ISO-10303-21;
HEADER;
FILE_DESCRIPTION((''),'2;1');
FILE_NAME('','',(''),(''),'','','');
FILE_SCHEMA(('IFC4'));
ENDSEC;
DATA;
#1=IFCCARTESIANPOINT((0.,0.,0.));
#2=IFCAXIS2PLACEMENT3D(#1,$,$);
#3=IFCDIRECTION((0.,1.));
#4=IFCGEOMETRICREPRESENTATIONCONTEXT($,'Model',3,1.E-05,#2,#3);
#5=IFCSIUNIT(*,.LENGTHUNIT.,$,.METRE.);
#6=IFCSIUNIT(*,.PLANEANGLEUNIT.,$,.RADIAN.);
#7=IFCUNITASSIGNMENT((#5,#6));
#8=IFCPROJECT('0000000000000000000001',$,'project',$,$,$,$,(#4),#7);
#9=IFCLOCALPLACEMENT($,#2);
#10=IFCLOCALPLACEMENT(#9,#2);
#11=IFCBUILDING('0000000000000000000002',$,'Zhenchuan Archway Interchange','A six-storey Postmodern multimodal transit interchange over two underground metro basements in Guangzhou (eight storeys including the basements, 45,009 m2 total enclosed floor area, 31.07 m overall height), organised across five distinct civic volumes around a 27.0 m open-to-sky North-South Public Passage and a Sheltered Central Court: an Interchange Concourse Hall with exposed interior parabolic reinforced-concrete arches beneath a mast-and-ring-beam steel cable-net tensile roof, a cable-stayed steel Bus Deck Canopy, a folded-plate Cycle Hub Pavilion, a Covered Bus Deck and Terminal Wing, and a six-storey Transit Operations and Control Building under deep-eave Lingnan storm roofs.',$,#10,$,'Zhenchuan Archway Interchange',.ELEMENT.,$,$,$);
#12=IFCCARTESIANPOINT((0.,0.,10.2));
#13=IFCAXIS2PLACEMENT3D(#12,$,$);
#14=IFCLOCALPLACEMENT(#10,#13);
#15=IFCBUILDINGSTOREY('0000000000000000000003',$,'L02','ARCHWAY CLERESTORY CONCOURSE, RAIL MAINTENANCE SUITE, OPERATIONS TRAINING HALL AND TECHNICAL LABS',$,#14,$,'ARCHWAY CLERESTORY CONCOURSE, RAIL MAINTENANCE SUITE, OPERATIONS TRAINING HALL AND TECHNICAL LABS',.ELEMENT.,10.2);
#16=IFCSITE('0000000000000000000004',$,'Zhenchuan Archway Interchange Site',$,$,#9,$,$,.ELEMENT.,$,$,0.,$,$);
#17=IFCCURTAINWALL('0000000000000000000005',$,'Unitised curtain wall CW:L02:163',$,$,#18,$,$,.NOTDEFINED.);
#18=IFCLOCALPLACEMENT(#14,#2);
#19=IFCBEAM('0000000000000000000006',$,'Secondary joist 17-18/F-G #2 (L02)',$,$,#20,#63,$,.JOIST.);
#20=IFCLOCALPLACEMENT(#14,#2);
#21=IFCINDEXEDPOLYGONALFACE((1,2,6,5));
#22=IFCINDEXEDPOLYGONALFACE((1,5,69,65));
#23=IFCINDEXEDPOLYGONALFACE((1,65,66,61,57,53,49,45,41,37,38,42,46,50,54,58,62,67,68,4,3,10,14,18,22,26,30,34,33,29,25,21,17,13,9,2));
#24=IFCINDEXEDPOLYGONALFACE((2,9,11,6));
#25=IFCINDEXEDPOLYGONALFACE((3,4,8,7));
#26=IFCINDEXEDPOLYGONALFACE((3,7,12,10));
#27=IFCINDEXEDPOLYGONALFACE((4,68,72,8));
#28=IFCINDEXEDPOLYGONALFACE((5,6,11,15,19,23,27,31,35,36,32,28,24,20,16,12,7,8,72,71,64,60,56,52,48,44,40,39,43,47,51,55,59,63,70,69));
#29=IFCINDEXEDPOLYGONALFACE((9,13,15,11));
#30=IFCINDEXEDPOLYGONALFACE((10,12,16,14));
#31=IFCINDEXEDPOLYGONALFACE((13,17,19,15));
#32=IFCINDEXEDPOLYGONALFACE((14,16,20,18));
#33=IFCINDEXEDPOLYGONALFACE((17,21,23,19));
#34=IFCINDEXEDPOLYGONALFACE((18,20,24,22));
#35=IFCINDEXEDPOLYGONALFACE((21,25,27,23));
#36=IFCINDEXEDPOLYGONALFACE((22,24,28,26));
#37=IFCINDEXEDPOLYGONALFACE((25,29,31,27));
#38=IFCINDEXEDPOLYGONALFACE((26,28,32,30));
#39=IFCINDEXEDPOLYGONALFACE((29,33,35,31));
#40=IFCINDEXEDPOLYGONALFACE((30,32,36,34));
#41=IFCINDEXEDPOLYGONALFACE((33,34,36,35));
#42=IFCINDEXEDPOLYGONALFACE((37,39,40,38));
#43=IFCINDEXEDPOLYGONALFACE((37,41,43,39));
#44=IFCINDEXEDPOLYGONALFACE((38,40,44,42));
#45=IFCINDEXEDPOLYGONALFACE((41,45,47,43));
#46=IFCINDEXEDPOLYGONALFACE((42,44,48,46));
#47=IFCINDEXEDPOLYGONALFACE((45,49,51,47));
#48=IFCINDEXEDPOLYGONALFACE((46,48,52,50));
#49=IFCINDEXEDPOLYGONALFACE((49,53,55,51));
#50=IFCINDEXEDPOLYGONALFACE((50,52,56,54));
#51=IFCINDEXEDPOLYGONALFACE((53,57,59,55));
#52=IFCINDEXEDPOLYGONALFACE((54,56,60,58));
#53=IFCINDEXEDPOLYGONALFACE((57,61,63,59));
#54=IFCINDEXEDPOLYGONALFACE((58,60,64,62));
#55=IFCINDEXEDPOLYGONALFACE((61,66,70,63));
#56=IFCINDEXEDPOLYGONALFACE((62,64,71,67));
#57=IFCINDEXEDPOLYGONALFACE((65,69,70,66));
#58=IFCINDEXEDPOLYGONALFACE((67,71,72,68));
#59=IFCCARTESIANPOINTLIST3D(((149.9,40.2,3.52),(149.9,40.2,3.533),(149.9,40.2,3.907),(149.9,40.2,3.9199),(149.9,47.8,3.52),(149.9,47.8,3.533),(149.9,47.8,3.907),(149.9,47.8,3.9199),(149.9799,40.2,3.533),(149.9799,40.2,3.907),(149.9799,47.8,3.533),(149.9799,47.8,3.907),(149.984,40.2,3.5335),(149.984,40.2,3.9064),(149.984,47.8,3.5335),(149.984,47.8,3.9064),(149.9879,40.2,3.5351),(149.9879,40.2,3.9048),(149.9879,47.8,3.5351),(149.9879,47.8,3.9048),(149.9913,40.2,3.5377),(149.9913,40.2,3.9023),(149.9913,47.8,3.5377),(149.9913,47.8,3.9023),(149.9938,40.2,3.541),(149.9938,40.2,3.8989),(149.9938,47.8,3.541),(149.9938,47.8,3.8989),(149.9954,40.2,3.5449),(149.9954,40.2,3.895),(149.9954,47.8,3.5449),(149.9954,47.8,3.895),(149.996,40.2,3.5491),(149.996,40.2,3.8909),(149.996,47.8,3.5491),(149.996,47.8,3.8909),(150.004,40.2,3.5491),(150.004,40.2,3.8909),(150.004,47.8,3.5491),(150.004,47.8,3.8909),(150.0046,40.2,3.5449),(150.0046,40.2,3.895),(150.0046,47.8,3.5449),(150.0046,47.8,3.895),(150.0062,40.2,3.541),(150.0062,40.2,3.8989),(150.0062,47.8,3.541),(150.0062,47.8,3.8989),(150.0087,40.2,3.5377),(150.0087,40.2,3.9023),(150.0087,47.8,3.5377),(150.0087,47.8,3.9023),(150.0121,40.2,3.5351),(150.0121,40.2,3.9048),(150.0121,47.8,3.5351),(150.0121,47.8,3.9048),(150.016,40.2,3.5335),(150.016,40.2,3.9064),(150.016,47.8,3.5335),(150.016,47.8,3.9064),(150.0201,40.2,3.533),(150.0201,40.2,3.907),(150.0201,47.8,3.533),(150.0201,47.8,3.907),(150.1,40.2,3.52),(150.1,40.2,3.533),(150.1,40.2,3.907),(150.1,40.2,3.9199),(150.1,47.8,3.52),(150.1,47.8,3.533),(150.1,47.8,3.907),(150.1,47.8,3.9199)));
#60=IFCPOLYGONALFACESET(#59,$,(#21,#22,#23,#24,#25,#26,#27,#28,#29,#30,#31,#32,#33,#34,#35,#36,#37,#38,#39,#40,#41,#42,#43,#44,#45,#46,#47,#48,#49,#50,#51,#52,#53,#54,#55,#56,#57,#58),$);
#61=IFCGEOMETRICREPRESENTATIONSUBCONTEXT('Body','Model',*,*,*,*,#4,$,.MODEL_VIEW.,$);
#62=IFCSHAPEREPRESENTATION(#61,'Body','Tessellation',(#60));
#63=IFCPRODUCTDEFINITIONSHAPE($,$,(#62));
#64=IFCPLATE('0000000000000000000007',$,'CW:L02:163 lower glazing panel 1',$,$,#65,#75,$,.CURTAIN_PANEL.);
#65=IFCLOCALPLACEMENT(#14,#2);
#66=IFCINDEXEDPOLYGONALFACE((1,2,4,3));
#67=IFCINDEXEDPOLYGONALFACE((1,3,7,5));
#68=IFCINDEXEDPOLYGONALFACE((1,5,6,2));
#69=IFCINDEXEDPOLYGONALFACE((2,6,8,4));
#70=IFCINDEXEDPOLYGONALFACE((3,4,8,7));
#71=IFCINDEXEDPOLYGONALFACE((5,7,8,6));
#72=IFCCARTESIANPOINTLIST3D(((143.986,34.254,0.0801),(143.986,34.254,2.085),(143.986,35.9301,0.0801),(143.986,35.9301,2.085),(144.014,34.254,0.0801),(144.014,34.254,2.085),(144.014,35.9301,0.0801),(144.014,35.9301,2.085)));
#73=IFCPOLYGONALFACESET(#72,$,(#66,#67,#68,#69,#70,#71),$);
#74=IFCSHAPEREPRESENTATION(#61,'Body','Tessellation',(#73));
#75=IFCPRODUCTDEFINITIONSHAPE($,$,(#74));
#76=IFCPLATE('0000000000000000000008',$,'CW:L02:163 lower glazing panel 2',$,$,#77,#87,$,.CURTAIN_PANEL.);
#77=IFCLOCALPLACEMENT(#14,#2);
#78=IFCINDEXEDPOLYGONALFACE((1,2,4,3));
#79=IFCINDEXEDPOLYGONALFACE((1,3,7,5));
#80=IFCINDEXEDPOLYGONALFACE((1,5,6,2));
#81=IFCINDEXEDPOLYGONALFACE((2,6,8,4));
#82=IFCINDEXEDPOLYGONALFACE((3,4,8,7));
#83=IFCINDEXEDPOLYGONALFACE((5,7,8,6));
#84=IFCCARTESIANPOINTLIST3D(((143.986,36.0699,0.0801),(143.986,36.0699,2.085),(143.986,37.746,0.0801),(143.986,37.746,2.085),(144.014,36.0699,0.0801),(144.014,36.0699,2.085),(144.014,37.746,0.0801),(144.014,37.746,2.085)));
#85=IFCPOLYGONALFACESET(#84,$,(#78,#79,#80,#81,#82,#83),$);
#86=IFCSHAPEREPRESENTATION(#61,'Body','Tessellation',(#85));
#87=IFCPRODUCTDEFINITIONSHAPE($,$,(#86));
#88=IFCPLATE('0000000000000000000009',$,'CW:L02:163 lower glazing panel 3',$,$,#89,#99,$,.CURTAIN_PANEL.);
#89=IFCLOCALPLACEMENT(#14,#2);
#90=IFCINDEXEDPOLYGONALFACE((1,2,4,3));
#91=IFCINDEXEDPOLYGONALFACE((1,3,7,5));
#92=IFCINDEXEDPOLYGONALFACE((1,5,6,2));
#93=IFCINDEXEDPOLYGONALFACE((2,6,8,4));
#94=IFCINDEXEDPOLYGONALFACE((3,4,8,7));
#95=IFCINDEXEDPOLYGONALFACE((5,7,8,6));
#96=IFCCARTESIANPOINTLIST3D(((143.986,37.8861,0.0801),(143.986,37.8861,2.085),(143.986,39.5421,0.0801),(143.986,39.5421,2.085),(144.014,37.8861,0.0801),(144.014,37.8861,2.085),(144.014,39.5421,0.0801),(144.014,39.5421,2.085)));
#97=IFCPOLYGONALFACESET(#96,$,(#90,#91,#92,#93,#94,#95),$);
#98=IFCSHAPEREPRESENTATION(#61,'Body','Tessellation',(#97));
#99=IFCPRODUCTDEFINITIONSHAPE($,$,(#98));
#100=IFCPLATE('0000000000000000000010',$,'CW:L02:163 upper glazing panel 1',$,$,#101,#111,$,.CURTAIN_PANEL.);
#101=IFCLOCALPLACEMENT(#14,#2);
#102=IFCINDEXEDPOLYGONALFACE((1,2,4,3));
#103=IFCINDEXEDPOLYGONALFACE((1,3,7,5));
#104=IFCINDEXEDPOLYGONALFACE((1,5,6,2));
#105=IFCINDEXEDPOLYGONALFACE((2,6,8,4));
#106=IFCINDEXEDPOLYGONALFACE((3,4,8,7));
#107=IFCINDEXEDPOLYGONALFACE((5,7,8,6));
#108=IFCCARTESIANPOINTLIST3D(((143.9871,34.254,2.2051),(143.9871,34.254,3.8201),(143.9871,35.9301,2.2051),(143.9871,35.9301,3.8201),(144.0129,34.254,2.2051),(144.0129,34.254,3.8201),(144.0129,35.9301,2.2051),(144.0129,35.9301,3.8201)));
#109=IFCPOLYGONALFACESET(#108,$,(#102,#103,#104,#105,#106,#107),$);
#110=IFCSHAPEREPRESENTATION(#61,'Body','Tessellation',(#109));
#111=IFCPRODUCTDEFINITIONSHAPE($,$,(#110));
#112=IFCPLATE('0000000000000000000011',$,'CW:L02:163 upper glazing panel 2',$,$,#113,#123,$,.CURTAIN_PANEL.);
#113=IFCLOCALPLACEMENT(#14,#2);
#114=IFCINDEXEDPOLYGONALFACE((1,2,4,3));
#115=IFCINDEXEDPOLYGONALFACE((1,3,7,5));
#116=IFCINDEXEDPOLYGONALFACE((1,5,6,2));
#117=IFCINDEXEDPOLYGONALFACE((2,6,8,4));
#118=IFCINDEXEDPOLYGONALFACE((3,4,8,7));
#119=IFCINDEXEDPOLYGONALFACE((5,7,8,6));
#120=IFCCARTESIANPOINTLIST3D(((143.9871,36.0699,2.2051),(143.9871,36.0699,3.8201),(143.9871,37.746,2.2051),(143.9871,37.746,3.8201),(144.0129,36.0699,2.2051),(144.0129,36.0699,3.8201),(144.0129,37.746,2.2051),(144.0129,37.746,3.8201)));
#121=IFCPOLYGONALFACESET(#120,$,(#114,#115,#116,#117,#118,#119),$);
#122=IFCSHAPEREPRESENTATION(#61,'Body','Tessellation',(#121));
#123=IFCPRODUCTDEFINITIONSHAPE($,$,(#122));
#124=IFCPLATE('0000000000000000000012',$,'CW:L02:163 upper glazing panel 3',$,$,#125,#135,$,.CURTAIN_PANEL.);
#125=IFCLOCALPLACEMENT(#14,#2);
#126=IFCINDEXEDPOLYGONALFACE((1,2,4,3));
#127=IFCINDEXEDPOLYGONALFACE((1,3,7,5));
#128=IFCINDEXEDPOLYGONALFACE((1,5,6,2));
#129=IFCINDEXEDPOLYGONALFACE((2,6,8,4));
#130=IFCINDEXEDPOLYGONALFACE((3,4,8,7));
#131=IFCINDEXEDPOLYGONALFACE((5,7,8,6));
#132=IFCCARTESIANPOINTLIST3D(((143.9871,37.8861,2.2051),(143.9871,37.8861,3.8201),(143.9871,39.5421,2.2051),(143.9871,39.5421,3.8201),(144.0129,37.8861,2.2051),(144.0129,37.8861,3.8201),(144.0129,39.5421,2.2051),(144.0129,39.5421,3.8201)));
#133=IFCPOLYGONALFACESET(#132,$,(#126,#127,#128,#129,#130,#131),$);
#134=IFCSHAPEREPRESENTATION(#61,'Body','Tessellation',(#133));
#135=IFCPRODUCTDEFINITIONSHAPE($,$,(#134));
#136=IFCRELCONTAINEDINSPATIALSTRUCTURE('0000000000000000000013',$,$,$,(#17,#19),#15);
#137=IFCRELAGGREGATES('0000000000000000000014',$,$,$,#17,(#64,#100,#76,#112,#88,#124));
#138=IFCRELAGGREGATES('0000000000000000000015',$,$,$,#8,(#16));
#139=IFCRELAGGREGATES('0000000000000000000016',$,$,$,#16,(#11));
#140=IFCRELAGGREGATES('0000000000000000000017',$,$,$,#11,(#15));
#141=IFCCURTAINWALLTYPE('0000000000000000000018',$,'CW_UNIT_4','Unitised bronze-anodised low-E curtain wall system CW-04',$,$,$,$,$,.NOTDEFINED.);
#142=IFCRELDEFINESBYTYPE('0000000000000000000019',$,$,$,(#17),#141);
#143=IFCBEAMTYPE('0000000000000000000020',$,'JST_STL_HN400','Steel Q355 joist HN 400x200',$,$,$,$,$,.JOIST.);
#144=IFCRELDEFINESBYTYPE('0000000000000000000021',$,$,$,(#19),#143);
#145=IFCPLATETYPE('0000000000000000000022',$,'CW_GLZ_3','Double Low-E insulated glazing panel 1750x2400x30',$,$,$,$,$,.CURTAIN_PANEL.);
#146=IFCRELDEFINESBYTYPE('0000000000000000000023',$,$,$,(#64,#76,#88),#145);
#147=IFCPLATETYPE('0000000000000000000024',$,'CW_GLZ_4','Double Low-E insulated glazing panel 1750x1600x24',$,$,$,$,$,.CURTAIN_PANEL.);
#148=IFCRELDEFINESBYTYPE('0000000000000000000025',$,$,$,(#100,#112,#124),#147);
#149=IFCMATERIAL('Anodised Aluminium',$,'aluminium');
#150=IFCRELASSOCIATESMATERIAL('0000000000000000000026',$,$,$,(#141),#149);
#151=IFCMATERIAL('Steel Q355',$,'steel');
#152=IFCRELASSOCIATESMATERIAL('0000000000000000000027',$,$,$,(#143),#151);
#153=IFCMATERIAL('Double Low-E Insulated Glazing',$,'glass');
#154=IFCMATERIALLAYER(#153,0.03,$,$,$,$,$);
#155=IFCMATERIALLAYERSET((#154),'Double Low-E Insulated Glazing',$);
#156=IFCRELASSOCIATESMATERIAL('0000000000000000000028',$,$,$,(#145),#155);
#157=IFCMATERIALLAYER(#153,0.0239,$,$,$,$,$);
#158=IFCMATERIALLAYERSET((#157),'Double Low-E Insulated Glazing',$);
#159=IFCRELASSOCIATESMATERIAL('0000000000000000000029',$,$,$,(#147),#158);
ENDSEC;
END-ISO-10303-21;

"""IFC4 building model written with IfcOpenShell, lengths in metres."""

from ifc_helpers import new_model, si_unit, direction, frame, origin, origin_2d, place, context, subcontext, project, spatial, rectangle, i_section, extrude, material, layer, layer_set, material_profile, profile_set, type_object, element, aggregate, save


model = new_model("IFC4")

# Units and contexts
model_context = context("Model", 3, precision=1e-05, world=origin(), true_north=direction((0.0, 1.0)))
body_context = subcontext(model_context, "Body", "Model", "MODEL_VIEW")
ifc_project = project(units=[si_unit("LENGTHUNIT", "METRE"), si_unit("PLANEANGLEUNIT", "RADIAN")], contexts=[model_context])

# Site, building, storey
site_placement = place(None, origin())
site = spatial("IfcSite", under=ifc_project, at=site_placement, Name="Zhenchuan Archway Interchange Site", CompositionType="ELEMENT", RefElevation=0.0)
building_placement = place(site_placement, origin())
building = spatial("IfcBuilding", under=site, at=building_placement, Name="Zhenchuan Archway Interchange", Description="A six-storey Postmodern multimodal transit interchange over two underground metro basements in Guangzhou (eight storeys including the basements, 45,009 m2 total enclosed floor area, 31.07 m overall height), organised across five distinct civic volumes around a 27.0 m open-to-sky North-South Public Passage and a Sheltered Central Court: an Interchange Concourse Hall with exposed interior parabolic reinforced-concrete arches beneath a mast-and-ring-beam steel cable-net tensile roof, a cable-stayed steel Bus Deck Canopy, a folded-plate Cycle Hub Pavilion, a Covered Bus Deck and Terminal Wing, and a six-storey Transit Operations and Control Building under deep-eave Lingnan storm roofs.", LongName="Zhenchuan Archway Interchange", CompositionType="ELEMENT")
storey_placement = place(building_placement, frame((0.0, 0.0, 10.2)))
storey = spatial("IfcBuildingStorey", under=building, at=storey_placement, Name="L02", Description="ARCHWAY CLERESTORY CONCOURSE, RAIL MAINTENANCE SUITE, OPERATIONS TRAINING HALL AND TECHNICAL LABS", LongName="ARCHWAY CLERESTORY CONCOURSE, RAIL MAINTENANCE SUITE, OPERATIONS TRAINING HALL AND TECHNICAL LABS", CompositionType="ELEMENT", Elevation=10.2)

# Curtain wall
ifc_material_1 = material(Name="Anodised Aluminium", Category="aluminium")
curtain_wall_type = type_object("IfcCurtainWallType", Name="CW_UNIT_4", Description="Unitised bronze-anodised low-E curtain wall system CW-04", PredefinedType="NOTDEFINED", material=ifc_material_1)
curtain_wall_placement = place(storey_placement, origin())
curtain_wall = element("IfcCurtainWall", 1, at=curtain_wall_placement, inside=storey, type_object=curtain_wall_type, Name="Unitised curtain wall CW:L02:163", PredefinedType="NOTDEFINED")

# Beam
ifc_material_2 = material(Name="Steel Q355", Category="steel")
ifc_material_profile_1 = material_profile(ifc_material_2, i_section(OverallWidth=0.2, OverallDepth=0.3999, WebThickness=0.0081, FlangeThickness=0.0129, FilletRadius=0.0161, at=origin_2d()), Name="HN 400x200")
ifc_profile_set_1 = profile_set([ifc_material_profile_1], Name="Steel Q355")
beam_type_1 = type_object("IfcBeamType", Name="JST_STL_HN400", Description="Steel Q355 joist HN 400x200", PredefinedType="JOIST", material=ifc_profile_set_1)
for number, where, z_axis, x_axis, name in (
    (2, (150.0, 40.2, 3.72), (0.0, 1.0, 0.0), (-1.0, 0.0, 0.0), "Secondary joist 17-18/F-G #2 (L02)"),
):
    element("IfcBeam", number, at=place(storey_placement, frame(where, z_axis=z_axis, x_axis=x_axis)), inside=storey, type_object=beam_type_1, Name=name, PredefinedType="JOIST", context=body_context, shape_type="SweptSolid", body=[
        extrude(i_section(OverallWidth=0.2, OverallDepth=0.3999, WebThickness=0.0081, FlangeThickness=0.0129, FilletRadius=0.0161, at=origin_2d()), origin(), (0.0, 0.0, 1.0), 7.6001),
    ])

# Plates
ifc_material_3 = material(Name="Double Low-E Insulated Glazing", Category="glass")
ifc_layer_1 = layer(ifc_material_3, 0.03)
ifc_layer_set_1 = layer_set([ifc_layer_1], Name="Double Low-E Insulated Glazing")
plate_type_1 = type_object("IfcPlateType", Name="CW_GLZ_3", Description="Double Low-E insulated glazing panel 1750x2400x30", PredefinedType="CURTAIN_PANEL", material=ifc_layer_set_1)
plate_1_placement = place(storey_placement, frame((144.0, 35.092, 0.0801), z_axis=(0.0, 0.0, 1.0), x_axis=(0.0, 1.0, 0.0)))
plate_1 = element("IfcPlate", 3, at=plate_1_placement, type_object=plate_type_1, Name="CW:L02:163 lower glazing panel 1", PredefinedType="CURTAIN_PANEL", context=body_context, shape_type="SweptSolid", body=[
    extrude(rectangle(XDim=1.676, YDim=0.0281, at=origin_2d()), origin(), (0.0, 0.0, 1.0), 2.0049),
])
plate_2_placement = place(storey_placement, frame((144.0, 36.908, 0.0801), z_axis=(0.0, 0.0, 1.0), x_axis=(0.0, 1.0, 0.0)))
plate_2 = element("IfcPlate", 4, at=plate_2_placement, type_object=plate_type_1, Name="CW:L02:163 lower glazing panel 2", PredefinedType="CURTAIN_PANEL", context=body_context, shape_type="SweptSolid", body=[
    extrude(rectangle(XDim=1.676, YDim=0.0281, at=origin_2d()), origin(), (0.0, 0.0, 1.0), 2.0049),
])
plate_3_placement = place(storey_placement, frame((144.0, 38.7141, 0.0801), z_axis=(0.0, 0.0, 1.0), x_axis=(0.0, 1.0, 0.0)))
plate_3 = element("IfcPlate", 5, at=plate_3_placement, type_object=plate_type_1, Name="CW:L02:163 lower glazing panel 3", PredefinedType="CURTAIN_PANEL", context=body_context, shape_type="SweptSolid", body=[
    extrude(rectangle(XDim=1.656, YDim=0.0281, at=origin_2d()), origin(), (0.0, 0.0, 1.0), 2.0049),
])
ifc_layer_2 = layer(ifc_material_3, 0.0239)
ifc_layer_set_2 = layer_set([ifc_layer_2], Name="Double Low-E Insulated Glazing")
plate_type_2 = type_object("IfcPlateType", Name="CW_GLZ_4", Description="Double Low-E insulated glazing panel 1750x1600x24", PredefinedType="CURTAIN_PANEL", material=ifc_layer_set_2)
plate_4_placement = place(storey_placement, frame((144.0, 35.092, 2.2051), z_axis=(0.0, 0.0, 1.0), x_axis=(0.0, 1.0, 0.0)))
plate_4 = element("IfcPlate", 6, at=plate_4_placement, type_object=plate_type_2, Name="CW:L02:163 upper glazing panel 1", PredefinedType="CURTAIN_PANEL", context=body_context, shape_type="SweptSolid", body=[
    extrude(rectangle(XDim=1.676, YDim=0.0259, at=origin_2d()), origin(), (0.0, 0.0, 1.0), 1.615),
])
plate_5_placement = place(storey_placement, frame((144.0, 36.908, 2.2051), z_axis=(0.0, 0.0, 1.0), x_axis=(0.0, 1.0, 0.0)))
plate_5 = element("IfcPlate", 7, at=plate_5_placement, type_object=plate_type_2, Name="CW:L02:163 upper glazing panel 2", PredefinedType="CURTAIN_PANEL", context=body_context, shape_type="SweptSolid", body=[
    extrude(rectangle(XDim=1.676, YDim=0.0259, at=origin_2d()), origin(), (0.0, 0.0, 1.0), 1.615),
])
plate_6_placement = place(storey_placement, frame((144.0, 38.7141, 2.2051), z_axis=(0.0, 0.0, 1.0), x_axis=(0.0, 1.0, 0.0)))
plate_6 = element("IfcPlate", 8, at=plate_6_placement, type_object=plate_type_2, Name="CW:L02:163 upper glazing panel 3", PredefinedType="CURTAIN_PANEL", context=body_context, shape_type="SweptSolid", body=[
    extrude(rectangle(XDim=1.656, YDim=0.0259, at=origin_2d()), origin(), (0.0, 0.0, 1.0), 1.615),
])
aggregate(curtain_wall, [plate_1, plate_4, plate_2, plate_5, plate_3, plate_6])

save(model, "model.ifc")
